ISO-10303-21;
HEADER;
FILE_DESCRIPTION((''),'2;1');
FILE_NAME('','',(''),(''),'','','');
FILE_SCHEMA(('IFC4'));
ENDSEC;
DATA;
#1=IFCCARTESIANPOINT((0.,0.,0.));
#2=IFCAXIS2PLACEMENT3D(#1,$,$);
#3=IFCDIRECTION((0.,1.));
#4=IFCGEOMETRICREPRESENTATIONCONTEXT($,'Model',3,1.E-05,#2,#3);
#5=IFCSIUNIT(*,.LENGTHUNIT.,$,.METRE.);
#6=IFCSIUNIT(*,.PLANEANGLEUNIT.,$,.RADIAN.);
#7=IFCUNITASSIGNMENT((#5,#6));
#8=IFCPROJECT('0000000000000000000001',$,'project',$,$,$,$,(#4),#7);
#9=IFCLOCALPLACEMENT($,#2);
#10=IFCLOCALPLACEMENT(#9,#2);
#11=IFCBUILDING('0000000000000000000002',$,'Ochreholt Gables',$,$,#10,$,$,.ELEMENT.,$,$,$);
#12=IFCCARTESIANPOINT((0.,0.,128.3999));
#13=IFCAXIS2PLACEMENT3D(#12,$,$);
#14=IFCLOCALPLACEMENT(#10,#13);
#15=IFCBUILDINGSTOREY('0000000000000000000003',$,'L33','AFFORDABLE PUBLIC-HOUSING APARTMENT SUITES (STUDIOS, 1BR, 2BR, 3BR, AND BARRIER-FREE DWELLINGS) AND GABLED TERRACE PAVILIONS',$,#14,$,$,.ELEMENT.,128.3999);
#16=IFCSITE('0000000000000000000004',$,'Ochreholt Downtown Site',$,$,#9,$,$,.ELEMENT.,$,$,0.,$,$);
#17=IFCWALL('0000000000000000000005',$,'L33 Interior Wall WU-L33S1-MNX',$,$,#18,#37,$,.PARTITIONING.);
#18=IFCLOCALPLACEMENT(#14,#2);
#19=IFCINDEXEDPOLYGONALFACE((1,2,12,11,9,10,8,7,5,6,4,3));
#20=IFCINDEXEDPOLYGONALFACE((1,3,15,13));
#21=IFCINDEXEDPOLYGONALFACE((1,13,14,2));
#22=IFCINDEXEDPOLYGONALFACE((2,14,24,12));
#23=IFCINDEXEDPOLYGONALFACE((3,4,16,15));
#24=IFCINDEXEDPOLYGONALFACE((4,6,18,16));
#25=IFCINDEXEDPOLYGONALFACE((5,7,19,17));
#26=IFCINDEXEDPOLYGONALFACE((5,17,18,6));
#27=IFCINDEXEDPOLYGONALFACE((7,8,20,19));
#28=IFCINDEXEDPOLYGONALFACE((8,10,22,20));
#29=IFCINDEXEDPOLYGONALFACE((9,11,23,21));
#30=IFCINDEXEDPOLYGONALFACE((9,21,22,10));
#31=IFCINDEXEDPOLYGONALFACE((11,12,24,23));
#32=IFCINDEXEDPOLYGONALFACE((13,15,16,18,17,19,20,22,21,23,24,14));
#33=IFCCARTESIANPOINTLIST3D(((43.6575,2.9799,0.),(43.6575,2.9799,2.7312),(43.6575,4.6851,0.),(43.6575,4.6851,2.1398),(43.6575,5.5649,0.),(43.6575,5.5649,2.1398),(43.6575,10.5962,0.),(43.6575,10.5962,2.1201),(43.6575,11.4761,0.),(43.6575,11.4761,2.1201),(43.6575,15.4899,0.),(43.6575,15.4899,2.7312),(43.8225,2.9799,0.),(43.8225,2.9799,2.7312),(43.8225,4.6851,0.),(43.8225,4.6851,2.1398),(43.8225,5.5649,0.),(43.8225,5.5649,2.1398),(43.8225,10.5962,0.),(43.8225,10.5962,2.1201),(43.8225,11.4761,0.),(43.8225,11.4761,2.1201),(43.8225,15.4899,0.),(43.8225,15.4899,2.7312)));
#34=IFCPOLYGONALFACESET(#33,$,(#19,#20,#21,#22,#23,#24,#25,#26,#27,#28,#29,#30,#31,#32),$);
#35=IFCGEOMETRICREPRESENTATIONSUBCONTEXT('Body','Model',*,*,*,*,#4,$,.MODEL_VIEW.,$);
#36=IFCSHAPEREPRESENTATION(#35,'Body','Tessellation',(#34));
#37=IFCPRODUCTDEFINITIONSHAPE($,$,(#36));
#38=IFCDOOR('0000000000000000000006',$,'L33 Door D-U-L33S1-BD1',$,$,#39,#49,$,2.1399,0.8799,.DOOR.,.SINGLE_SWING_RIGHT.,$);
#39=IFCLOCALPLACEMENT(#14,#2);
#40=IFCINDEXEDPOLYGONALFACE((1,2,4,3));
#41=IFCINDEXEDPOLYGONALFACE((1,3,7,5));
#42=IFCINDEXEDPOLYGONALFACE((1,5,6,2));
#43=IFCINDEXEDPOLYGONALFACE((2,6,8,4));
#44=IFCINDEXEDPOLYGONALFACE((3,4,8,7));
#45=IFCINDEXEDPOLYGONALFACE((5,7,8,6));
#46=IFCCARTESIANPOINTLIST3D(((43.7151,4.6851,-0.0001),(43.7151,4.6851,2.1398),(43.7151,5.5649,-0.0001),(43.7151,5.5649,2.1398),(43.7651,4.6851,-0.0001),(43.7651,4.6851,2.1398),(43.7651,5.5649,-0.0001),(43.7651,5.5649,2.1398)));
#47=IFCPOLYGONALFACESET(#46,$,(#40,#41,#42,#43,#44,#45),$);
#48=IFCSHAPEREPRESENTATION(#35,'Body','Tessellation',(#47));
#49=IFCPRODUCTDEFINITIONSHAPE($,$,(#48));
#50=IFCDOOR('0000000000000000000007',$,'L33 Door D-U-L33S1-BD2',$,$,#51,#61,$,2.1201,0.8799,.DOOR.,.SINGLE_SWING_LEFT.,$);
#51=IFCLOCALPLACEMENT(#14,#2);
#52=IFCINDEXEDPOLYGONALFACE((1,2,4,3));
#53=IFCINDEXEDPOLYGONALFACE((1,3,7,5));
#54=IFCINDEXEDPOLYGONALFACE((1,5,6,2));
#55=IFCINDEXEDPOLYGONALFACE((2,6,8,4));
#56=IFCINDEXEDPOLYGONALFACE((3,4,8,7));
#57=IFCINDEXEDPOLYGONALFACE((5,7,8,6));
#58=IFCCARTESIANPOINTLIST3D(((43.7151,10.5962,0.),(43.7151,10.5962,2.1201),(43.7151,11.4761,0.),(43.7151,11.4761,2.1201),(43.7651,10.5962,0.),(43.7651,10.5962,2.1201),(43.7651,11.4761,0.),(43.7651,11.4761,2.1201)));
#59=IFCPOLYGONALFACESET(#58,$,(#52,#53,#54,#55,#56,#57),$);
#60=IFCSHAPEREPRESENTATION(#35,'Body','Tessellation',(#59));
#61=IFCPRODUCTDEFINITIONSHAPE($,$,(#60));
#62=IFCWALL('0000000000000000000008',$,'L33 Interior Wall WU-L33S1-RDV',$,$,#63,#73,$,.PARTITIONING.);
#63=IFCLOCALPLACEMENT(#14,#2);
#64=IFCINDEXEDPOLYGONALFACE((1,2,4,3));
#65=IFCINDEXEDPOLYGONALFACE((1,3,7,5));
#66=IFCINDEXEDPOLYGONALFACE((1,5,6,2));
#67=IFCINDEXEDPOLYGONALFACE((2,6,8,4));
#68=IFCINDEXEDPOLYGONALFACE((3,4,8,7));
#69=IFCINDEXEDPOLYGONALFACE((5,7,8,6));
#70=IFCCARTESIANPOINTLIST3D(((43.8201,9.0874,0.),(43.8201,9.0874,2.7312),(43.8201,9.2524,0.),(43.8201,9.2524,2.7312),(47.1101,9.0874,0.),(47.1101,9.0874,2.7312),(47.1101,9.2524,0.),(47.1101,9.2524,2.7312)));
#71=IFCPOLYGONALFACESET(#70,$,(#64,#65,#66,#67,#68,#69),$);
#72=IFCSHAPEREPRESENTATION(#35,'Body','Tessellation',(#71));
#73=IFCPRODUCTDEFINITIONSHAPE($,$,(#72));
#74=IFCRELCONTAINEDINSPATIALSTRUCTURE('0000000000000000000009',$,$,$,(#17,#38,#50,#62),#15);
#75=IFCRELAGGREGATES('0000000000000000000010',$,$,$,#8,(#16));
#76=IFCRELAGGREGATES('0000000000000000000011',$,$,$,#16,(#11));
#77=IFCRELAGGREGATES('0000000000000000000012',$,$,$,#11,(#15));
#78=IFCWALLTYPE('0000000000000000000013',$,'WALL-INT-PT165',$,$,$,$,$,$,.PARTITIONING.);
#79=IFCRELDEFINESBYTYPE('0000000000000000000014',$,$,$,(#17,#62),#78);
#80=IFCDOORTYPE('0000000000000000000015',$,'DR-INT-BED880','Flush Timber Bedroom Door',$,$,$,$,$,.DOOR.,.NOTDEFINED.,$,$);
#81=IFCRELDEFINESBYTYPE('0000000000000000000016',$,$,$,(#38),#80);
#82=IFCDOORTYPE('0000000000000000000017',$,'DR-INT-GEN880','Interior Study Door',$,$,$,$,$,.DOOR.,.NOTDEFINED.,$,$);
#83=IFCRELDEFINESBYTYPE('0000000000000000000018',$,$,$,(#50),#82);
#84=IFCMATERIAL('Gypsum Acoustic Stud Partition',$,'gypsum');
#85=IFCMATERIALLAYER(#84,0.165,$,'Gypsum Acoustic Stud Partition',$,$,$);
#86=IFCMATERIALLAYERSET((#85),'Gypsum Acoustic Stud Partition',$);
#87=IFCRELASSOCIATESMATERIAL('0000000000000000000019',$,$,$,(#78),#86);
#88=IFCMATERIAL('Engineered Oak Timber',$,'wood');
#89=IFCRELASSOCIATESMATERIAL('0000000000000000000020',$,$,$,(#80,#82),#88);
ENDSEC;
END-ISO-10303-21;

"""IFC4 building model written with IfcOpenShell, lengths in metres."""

from ifc_helpers import new_model, si_unit, direction, frame, frame_2d, origin, place, context, subcontext, project, spatial, rectangle, extrude, material, layer, layer_set, type_object, element, fill, save


model = new_model("IFC4")

# Units and contexts
model_context = context("Model", 3, precision=1e-05, world=origin(), true_north=direction((0.0, 1.0)))
body_context = subcontext(model_context, "Body", "Model", "MODEL_VIEW")
ifc_project = project(units=[si_unit("LENGTHUNIT", "METRE"), si_unit("PLANEANGLEUNIT", "RADIAN")], contexts=[model_context])

# Site, building, storey
site_placement = place(None, origin())
site = spatial("IfcSite", under=ifc_project, at=site_placement, Name="Ochreholt Downtown Site", CompositionType="ELEMENT", RefElevation=0.0)
building_placement = place(site_placement, origin())
building = spatial("IfcBuilding", under=site, at=building_placement, Name="Ochreholt Gables", CompositionType="ELEMENT")
storey_placement = place(building_placement, frame((0.0, 0.0, 128.3999)))
storey = spatial("IfcBuildingStorey", under=building, at=storey_placement, Name="L33", Description="AFFORDABLE PUBLIC-HOUSING APARTMENT SUITES (STUDIOS, 1BR, 2BR, 3BR, AND BARRIER-FREE DWELLINGS) AND GABLED TERRACE PAVILIONS", CompositionType="ELEMENT", Elevation=128.3999)

# Wall, openings, doors
ifc_material_1 = material(Name="Gypsum Acoustic Stud Partition", Category="gypsum")
ifc_layer_1 = layer(ifc_material_1, 0.165, Name="Gypsum Acoustic Stud Partition")
ifc_layer_set_1 = layer_set([ifc_layer_1], Name="Gypsum Acoustic Stud Partition")
wall_type_1 = type_object("IfcWallType", Name="WALL-INT-PT165", PredefinedType="PARTITIONING", material=ifc_layer_set_1)
wall_1_placement = place(storey_placement, frame((43.74, 2.98, 0.0), z_axis=(0.0, 0.0, 1.0), x_axis=(0.0, 1.0, 0.0)))
wall_1 = element("IfcWall", 1, at=wall_1_placement, inside=storey, type_object=wall_type_1, Name="L33 Interior Wall WU-L33S1-MNX", PredefinedType="PARTITIONING", context=body_context, shape_type="SweptSolid", body=[
    extrude(rectangle(XDim=12.51, YDim=0.165, at=frame_2d((6.2549, 0.0))), origin(), (0.0, 0.0, 1.0), 2.7312),
])
opening_1_placement = place(wall_1_placement, frame((1.7051, 0.0, 0.0)))
opening_1 = element("IfcOpeningElement", 2, at=opening_1_placement, cuts=wall_1, PredefinedType="OPENING", context=body_context, shape_type="SweptSolid", body=[
    extrude(rectangle(XDim=0.8799, YDim=2.1399, at=frame_2d((0.4399, 1.0698))), frame((0.0, 0.0925, 0.0), z_axis=(0.0, -1.0, 0.0), x_axis=(1.0, 0.0, 0.0)), (0.0, 0.0, 1.0), 0.1851),
])
opening_2_placement = place(wall_1_placement, frame((7.6162, 0.0, 0.0)))
opening_2 = element("IfcOpeningElement", 3, at=opening_2_placement, cuts=wall_1, PredefinedType="OPENING", context=body_context, shape_type="SweptSolid", body=[
    extrude(rectangle(XDim=0.8799, YDim=2.1201, at=frame_2d((0.4399, 1.0601))), frame((0.0, 0.0925, 0.0), z_axis=(0.0, -1.0, 0.0), x_axis=(1.0, 0.0, 0.0)), (0.0, 0.0, 1.0), 0.1851),
])
ifc_material_2 = material(Name="Engineered Oak Timber", Category="wood")
door_type_1 = type_object("IfcDoorType", Name="DR-INT-BED880", Description="Flush Timber Bedroom Door", OperationType="NOTDEFINED", PredefinedType="DOOR", material=ifc_material_2)
door_1_placement = place(opening_1_placement, origin())
door_1 = element("IfcDoor", 4, at=door_1_placement, inside=storey, type_object=door_type_1, Name="L33 Door D-U-L33S1-BD1", OperationType="SINGLE_SWING_RIGHT", OverallHeight=2.1399, OverallWidth=0.8799, PredefinedType="DOOR", context=body_context, shape_type="SweptSolid", body=[
    extrude(rectangle(XDim=0.8799, YDim=2.1399, at=frame_2d((0.4399, 1.0698))), frame((0.0, 0.0249, 0.0), z_axis=(0.0, -1.0, 0.0), x_axis=(1.0, 0.0, 0.0)), (0.0, 0.0, 1.0), 0.05),
])
fill(opening_1, door_1)
door_type_2 = type_object("IfcDoorType", Name="DR-INT-GEN880", Description="Interior Study Door", OperationType="NOTDEFINED", PredefinedType="DOOR", material=ifc_material_2)
door_2_placement = place(opening_2_placement, origin())
door_2 = element("IfcDoor", 5, at=door_2_placement, inside=storey, type_object=door_type_2, Name="L33 Door D-U-L33S1-BD2", OperationType="SINGLE_SWING_LEFT", OverallHeight=2.1201, OverallWidth=0.8799, PredefinedType="DOOR", context=body_context, shape_type="SweptSolid", body=[
    extrude(rectangle(XDim=0.8799, YDim=2.1201, at=frame_2d((0.4399, 1.0601))), frame((0.0, 0.0249, 0.0), z_axis=(0.0, -1.0, 0.0), x_axis=(1.0, 0.0, 0.0)), (0.0, 0.0, 1.0), 0.05),
])
fill(opening_2, door_2)

# Wall
wall_2_placement = place(storey_placement, frame((43.8201, 9.1699, 0.0), z_axis=(0.0, 0.0, 1.0), x_axis=(1.0, 0.0, 0.0)))
element("IfcWall", 6, at=wall_2_placement, inside=storey, type_object=wall_type_1, Name="L33 Interior Wall WU-L33S1-RDV", PredefinedType="PARTITIONING", context=body_context, shape_type="SweptSolid", body=[
    extrude(rectangle(XDim=3.29, YDim=0.165, at=frame_2d((1.645, 0.0))), origin(), (0.0, 0.0, 1.0), 2.7312),
])

save(model, "model.ifc")
